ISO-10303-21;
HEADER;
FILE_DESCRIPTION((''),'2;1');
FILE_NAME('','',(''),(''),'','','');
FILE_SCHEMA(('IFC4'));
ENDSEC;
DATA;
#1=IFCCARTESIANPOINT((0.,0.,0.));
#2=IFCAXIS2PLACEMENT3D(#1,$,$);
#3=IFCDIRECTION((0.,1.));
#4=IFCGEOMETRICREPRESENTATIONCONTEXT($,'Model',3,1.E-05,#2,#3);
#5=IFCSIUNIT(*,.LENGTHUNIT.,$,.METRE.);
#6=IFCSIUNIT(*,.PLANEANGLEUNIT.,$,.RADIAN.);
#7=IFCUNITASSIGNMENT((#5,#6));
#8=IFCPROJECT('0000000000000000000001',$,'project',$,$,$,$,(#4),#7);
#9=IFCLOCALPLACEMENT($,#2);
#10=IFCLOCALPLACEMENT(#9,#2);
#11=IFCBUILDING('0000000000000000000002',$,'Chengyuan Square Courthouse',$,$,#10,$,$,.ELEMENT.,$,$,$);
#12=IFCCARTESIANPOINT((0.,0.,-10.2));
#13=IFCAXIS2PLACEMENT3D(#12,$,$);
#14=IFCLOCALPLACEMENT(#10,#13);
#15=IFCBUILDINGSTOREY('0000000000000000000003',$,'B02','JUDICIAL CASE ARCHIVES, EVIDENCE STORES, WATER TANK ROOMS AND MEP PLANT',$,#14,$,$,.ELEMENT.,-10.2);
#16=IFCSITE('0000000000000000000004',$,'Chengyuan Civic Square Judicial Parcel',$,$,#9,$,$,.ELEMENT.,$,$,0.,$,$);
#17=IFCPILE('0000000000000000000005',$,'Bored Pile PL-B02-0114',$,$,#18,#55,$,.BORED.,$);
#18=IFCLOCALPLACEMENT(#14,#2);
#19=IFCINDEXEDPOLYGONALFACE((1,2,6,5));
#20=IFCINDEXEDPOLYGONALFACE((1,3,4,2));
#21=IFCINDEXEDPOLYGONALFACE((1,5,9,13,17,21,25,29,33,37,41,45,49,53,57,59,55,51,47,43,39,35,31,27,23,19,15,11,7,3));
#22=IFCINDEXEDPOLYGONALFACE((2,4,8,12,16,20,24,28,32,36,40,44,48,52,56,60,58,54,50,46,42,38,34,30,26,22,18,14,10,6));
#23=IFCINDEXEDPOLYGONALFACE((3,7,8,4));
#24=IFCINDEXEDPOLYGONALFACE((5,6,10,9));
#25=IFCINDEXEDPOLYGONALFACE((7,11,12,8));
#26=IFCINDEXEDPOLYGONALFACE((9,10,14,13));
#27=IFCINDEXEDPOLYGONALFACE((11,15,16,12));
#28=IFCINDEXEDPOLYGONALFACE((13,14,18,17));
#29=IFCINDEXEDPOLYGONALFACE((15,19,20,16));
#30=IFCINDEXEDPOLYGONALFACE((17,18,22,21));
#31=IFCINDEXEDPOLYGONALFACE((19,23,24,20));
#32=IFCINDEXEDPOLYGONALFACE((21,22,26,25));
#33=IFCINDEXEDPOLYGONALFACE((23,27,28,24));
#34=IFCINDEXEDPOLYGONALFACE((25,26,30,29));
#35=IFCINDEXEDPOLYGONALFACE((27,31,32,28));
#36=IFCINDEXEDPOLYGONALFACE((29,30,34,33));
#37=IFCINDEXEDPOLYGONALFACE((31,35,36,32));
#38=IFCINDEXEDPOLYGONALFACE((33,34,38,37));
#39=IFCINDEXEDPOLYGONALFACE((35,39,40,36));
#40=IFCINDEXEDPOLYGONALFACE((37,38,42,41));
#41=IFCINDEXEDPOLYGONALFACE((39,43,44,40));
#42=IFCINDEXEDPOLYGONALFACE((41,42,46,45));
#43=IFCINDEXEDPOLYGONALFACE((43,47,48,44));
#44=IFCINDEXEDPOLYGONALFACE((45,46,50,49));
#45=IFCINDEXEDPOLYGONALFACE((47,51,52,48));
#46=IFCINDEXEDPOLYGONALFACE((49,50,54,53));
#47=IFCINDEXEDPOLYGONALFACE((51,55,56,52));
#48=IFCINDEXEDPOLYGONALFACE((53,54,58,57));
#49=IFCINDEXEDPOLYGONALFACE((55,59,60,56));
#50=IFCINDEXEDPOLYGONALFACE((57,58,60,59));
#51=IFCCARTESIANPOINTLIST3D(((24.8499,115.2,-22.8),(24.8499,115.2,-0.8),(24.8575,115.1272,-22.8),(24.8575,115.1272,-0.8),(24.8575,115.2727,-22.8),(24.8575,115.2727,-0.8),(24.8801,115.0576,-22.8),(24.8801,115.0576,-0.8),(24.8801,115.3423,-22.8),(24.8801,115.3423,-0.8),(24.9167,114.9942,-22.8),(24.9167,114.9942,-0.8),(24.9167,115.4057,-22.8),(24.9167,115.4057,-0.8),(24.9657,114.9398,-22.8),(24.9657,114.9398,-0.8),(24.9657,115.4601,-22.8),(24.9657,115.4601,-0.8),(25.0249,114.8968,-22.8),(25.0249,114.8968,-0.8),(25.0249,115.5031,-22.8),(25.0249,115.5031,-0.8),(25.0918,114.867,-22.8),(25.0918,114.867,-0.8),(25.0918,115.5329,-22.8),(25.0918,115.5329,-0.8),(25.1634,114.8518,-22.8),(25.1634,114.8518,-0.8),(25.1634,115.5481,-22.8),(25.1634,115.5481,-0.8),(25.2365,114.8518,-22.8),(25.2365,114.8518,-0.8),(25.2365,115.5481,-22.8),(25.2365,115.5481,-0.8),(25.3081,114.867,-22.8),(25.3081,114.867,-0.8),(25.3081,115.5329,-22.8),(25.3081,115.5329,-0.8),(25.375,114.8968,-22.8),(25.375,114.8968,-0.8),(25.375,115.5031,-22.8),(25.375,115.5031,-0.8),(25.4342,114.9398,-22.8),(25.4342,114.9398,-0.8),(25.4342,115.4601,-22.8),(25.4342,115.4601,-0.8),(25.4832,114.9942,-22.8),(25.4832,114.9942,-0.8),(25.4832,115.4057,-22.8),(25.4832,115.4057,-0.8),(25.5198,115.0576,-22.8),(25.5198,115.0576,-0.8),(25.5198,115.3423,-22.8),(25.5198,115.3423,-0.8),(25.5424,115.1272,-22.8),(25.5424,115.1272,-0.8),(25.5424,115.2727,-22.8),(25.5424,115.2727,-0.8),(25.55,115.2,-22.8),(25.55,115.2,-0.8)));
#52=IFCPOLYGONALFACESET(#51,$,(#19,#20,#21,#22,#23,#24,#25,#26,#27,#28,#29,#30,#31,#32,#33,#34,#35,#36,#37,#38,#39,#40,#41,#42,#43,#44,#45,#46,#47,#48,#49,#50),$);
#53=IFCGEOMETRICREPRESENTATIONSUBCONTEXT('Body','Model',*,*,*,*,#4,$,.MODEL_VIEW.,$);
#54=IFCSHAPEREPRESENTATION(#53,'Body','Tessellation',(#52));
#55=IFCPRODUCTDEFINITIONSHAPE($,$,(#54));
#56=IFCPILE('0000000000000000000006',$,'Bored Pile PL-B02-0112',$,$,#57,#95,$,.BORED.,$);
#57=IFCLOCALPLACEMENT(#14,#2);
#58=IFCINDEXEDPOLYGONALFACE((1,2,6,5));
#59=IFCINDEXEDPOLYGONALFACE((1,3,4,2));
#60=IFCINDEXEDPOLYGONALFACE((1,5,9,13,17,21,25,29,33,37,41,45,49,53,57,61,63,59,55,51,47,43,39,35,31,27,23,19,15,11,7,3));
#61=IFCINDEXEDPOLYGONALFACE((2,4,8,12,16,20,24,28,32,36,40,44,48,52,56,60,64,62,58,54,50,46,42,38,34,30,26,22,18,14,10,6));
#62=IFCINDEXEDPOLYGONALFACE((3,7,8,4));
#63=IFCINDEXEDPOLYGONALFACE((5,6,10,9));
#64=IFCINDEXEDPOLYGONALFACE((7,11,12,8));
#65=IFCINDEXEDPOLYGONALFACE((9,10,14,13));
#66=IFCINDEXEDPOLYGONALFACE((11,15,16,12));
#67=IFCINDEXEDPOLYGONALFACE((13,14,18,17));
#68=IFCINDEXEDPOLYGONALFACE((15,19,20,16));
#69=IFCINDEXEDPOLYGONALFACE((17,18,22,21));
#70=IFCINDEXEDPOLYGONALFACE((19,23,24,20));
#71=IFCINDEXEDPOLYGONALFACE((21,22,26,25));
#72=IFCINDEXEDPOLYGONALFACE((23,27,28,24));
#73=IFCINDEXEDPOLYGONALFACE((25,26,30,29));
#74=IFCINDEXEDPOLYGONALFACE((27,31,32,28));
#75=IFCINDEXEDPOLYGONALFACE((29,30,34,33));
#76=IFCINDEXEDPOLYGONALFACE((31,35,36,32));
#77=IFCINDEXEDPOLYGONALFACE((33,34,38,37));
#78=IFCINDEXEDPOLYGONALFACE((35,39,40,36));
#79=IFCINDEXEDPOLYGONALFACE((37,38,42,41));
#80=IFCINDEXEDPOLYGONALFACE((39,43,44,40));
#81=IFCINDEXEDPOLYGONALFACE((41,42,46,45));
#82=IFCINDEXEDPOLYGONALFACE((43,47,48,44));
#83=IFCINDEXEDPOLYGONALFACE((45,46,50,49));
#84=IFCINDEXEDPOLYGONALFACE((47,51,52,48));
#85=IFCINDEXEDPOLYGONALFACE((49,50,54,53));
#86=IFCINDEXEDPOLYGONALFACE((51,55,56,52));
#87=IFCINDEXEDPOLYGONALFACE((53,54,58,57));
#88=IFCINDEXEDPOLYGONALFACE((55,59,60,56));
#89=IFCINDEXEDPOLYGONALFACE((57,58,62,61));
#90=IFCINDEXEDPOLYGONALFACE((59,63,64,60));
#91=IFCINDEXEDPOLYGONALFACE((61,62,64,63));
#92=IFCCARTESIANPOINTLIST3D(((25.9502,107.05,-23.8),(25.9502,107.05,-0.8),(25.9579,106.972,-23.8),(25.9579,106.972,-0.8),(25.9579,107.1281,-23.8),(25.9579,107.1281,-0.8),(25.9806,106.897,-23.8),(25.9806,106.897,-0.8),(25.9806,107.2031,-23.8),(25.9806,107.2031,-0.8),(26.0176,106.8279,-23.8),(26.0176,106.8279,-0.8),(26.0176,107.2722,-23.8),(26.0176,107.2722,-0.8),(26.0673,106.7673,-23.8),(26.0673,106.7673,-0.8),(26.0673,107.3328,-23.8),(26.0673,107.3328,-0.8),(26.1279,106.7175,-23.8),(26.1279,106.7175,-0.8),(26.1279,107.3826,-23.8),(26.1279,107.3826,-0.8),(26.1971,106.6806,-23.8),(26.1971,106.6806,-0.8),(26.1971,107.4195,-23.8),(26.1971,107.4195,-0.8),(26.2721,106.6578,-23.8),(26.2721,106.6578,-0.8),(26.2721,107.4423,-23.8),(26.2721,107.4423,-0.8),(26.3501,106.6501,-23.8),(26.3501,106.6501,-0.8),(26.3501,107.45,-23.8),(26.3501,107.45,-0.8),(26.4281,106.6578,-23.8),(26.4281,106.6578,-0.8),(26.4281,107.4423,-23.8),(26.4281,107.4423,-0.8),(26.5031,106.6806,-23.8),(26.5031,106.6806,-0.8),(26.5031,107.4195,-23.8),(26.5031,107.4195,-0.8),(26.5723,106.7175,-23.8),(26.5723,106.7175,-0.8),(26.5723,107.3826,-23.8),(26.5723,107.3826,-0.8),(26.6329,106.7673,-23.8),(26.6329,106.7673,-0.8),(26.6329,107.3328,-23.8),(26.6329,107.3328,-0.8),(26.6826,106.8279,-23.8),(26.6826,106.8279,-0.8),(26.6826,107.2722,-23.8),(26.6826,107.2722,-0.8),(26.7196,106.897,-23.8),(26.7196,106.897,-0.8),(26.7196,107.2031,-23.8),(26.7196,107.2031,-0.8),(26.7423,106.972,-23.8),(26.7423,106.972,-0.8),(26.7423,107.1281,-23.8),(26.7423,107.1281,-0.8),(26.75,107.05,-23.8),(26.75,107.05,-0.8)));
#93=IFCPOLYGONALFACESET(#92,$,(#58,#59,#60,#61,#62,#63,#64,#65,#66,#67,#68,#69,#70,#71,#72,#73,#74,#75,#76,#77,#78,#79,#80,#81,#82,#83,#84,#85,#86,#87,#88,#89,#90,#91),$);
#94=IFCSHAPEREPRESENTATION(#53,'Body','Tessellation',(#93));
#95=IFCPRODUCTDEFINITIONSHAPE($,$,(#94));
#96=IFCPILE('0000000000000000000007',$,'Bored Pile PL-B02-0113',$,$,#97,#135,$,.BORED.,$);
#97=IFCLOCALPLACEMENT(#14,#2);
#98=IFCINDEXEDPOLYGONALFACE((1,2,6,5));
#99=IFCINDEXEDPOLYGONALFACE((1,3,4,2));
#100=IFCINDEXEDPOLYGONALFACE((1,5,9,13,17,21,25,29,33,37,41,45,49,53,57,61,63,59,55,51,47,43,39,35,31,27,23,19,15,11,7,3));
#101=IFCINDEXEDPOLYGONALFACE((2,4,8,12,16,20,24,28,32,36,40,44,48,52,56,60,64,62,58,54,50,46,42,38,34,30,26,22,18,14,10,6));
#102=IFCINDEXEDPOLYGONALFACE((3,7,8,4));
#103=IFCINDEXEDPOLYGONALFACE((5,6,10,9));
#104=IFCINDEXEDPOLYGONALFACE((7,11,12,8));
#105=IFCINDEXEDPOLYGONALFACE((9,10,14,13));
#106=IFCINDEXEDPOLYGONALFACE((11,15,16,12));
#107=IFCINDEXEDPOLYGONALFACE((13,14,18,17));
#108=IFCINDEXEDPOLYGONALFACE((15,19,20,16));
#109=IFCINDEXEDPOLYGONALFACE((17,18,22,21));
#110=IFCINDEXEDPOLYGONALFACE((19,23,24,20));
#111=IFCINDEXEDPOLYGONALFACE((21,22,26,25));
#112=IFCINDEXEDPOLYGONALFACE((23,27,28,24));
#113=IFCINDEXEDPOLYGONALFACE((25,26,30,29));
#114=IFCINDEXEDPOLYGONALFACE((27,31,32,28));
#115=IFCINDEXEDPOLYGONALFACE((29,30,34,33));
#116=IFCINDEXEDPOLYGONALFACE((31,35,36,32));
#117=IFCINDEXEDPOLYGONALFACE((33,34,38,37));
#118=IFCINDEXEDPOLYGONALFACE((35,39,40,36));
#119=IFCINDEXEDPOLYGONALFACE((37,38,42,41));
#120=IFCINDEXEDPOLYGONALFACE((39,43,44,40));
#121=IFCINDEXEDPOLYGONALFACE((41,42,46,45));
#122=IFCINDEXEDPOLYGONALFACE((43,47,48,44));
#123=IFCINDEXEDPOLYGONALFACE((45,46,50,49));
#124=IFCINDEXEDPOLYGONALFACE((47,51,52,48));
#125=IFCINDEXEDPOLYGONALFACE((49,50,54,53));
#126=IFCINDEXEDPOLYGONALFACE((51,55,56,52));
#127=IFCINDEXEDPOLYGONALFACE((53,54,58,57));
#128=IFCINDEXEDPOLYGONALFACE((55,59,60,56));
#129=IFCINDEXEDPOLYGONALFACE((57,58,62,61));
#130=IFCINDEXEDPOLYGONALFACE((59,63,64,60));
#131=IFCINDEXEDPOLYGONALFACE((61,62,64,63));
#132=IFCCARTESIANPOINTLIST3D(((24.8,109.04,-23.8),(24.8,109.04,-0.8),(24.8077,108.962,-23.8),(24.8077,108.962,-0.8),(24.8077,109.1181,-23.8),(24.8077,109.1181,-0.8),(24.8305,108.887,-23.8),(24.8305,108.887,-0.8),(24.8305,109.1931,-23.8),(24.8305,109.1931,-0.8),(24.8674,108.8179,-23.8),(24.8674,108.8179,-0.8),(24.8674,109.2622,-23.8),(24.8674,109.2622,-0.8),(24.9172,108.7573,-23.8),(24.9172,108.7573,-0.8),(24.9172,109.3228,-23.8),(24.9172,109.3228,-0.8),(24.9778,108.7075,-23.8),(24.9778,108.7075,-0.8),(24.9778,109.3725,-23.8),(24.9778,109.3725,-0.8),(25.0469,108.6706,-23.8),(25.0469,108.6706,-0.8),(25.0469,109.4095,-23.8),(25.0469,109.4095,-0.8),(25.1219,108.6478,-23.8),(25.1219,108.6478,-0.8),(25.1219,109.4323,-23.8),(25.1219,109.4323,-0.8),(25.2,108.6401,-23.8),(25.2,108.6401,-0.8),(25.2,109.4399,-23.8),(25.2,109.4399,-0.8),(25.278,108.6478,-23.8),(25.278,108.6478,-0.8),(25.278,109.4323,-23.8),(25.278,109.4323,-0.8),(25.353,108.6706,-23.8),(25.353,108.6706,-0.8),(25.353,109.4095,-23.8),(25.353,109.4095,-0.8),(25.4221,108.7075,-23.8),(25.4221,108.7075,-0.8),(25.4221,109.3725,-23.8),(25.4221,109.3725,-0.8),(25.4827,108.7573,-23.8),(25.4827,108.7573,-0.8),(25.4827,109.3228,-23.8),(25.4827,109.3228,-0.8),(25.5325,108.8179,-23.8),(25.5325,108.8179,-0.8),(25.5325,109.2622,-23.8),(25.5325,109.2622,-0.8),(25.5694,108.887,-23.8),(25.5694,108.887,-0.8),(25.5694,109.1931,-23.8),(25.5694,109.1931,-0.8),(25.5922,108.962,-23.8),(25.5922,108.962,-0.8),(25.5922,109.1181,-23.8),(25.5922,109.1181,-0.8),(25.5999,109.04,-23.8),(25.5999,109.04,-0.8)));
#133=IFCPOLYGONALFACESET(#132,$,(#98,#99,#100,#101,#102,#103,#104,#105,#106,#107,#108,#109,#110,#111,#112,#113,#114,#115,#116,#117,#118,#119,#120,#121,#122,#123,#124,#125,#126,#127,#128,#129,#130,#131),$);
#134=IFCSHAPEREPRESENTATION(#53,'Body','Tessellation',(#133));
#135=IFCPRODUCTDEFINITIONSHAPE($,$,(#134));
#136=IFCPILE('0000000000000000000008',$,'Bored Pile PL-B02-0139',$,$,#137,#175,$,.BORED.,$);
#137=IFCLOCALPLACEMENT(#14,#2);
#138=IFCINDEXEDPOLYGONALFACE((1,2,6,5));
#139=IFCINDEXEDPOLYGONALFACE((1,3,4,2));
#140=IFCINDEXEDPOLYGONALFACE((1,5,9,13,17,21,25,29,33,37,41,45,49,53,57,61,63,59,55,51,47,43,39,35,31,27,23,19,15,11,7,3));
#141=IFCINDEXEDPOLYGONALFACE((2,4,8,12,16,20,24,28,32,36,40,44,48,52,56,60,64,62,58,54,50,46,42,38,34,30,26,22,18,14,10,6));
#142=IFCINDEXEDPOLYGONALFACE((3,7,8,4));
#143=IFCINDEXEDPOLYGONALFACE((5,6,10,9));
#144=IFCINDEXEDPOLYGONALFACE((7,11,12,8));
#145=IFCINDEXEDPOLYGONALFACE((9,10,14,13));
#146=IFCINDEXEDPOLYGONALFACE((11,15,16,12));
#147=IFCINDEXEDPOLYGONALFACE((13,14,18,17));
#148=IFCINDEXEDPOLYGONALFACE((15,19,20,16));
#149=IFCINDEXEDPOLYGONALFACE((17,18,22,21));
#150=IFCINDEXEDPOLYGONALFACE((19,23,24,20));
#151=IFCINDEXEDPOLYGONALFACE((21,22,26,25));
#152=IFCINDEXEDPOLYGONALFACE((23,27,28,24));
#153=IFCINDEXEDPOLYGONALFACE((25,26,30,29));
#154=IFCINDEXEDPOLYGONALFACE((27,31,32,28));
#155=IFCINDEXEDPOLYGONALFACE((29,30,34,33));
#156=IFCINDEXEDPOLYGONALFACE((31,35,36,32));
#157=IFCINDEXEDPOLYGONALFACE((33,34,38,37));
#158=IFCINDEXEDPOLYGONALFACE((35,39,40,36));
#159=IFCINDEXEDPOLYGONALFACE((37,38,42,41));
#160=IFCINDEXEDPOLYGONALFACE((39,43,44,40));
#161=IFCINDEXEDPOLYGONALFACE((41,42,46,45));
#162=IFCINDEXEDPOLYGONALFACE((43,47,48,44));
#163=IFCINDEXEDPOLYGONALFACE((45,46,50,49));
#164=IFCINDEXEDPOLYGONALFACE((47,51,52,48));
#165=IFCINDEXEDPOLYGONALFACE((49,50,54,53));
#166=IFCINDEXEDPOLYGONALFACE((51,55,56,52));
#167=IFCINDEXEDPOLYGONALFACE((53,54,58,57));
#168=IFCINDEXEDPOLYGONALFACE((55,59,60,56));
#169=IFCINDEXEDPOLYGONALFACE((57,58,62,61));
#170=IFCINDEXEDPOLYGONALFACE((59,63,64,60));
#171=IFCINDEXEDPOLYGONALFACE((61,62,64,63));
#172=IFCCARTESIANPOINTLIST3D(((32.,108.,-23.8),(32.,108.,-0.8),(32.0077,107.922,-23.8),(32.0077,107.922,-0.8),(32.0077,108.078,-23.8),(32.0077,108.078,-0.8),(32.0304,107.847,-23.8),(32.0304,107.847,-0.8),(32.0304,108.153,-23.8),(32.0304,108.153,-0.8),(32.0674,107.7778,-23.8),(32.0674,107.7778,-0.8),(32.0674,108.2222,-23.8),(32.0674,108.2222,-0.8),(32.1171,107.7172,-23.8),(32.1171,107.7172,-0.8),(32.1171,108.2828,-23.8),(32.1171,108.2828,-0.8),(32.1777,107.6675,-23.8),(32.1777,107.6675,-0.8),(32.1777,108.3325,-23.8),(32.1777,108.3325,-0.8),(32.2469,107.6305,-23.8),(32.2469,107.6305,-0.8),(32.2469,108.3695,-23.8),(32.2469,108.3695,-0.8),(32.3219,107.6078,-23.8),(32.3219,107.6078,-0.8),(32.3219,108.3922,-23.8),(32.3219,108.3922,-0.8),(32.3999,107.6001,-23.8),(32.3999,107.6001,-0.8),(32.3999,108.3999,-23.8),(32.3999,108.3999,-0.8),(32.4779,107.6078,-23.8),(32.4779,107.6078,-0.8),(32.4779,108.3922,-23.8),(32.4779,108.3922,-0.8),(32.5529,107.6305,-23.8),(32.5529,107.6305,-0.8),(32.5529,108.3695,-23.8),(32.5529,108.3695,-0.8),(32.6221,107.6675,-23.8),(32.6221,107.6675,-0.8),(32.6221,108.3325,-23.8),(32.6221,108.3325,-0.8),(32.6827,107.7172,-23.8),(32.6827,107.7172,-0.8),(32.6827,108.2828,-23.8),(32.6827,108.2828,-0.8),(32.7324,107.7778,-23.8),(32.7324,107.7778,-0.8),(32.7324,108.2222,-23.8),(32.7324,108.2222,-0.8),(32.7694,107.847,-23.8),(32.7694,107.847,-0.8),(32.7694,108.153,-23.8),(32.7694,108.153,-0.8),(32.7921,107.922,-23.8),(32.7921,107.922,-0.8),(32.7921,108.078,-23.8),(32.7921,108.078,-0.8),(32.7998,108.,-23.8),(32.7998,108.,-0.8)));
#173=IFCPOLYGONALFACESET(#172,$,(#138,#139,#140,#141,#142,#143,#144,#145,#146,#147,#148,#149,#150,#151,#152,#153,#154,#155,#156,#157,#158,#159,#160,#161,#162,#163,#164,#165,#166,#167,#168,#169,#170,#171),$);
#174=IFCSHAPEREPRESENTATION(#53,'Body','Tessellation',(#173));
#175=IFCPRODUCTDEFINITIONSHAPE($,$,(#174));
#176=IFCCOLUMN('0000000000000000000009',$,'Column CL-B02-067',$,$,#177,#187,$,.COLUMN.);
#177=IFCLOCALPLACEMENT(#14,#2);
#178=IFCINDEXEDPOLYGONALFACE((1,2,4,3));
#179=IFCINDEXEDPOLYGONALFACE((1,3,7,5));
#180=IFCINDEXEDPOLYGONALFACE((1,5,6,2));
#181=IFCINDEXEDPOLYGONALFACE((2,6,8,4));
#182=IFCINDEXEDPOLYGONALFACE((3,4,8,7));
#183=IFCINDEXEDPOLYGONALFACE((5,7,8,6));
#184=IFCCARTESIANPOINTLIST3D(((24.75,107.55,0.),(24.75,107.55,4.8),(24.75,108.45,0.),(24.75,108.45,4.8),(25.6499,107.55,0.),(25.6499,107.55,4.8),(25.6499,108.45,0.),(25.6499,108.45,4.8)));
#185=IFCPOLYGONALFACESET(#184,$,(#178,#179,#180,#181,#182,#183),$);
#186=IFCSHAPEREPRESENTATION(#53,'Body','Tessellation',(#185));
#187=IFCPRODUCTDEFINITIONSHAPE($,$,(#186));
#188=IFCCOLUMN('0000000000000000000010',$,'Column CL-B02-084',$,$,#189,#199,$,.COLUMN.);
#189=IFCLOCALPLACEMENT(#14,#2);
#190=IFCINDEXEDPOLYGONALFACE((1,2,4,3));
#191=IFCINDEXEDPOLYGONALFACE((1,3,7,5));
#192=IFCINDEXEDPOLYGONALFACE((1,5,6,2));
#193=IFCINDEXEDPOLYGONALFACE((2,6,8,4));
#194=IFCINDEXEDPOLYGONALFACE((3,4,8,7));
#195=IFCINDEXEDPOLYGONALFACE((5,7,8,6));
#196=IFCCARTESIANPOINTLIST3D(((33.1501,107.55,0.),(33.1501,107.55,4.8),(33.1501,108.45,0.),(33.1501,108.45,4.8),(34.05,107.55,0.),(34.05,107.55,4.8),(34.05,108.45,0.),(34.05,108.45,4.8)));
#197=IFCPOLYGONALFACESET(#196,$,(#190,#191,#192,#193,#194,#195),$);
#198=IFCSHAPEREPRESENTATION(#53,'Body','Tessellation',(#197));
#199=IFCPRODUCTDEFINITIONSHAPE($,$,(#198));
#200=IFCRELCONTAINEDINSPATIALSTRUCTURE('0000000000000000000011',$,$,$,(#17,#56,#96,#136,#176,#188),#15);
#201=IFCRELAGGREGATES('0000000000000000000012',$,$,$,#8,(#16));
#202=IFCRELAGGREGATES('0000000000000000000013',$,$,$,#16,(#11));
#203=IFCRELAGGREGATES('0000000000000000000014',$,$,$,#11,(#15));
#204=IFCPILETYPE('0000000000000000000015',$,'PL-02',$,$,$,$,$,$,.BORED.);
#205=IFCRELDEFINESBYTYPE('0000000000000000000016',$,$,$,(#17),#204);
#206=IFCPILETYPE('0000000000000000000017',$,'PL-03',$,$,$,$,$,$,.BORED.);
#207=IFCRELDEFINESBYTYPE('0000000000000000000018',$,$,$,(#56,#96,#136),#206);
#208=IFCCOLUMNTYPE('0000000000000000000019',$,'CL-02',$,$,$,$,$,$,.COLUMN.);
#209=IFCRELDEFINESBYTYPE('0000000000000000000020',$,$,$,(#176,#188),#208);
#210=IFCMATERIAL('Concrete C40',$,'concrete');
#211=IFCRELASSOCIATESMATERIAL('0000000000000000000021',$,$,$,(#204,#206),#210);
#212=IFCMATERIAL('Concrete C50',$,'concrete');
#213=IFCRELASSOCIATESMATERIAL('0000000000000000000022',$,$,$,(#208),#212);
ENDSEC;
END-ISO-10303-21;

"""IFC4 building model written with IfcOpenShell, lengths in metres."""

from ifc_helpers import new_model, si_unit, direction, frame, origin, origin_2d, place, context, subcontext, project, spatial, rectangle, circle, extrude, material, material_profile, profile_set, type_object, element, save


model = new_model("IFC4")

# Units and contexts
model_context = context("Model", 3, precision=1e-05, world=origin(), true_north=direction((0.0, 1.0)))
body_context = subcontext(model_context, "Body", "Model", "MODEL_VIEW")
ifc_project = project(units=[si_unit("LENGTHUNIT", "METRE"), si_unit("PLANEANGLEUNIT", "RADIAN")], contexts=[model_context])

# Site, building, storey
site_placement = place(None, origin())
site = spatial("IfcSite", under=ifc_project, at=site_placement, Name="Chengyuan Civic Square Judicial Parcel", CompositionType="ELEMENT", RefElevation=0.0)
building_placement = place(site_placement, origin())
building = spatial("IfcBuilding", under=site, at=building_placement, Name="Chengyuan Square Courthouse", CompositionType="ELEMENT")
storey_placement = place(building_placement, frame((0.0, 0.0, -10.2)))
storey = spatial("IfcBuildingStorey", under=building, at=storey_placement, Name="B02", Description="JUDICIAL CASE ARCHIVES, EVIDENCE STORES, WATER TANK ROOMS AND MEP PLANT", CompositionType="ELEMENT", Elevation=-10.2)

# Shared definitions
ifc_material_1 = material(Name="Concrete C40", Category="concrete")

# Piles
ifc_material_profile_1 = material_profile(ifc_material_1, circle(Radius=0.3501, at=origin_2d()), Name="BORED PILE D700")
ifc_profile_set_1 = profile_set([ifc_material_profile_1], Name="Concrete C40")
pile_type_1 = type_object("IfcPileType", Name="PL-02", PredefinedType="BORED", material=ifc_profile_set_1)
pile_1_placement = place(storey_placement, frame((25.2, 115.2, -0.8), z_axis=(0.0, 0.0, -1.0), x_axis=(1.0, 0.0, 0.0)))
element("IfcPile", 1, at=pile_1_placement, inside=storey, type_object=pile_type_1, Name="Bored Pile PL-B02-0114", PredefinedType="BORED", context=body_context, shape_type="SweptSolid", body=[
    extrude(circle(Radius=0.3501, at=origin_2d()), origin(), (0.0, 0.0, 1.0), 22.0),
])
ifc_material_profile_2 = material_profile(ifc_material_1, circle(Radius=0.3999, at=origin_2d()), Name="BORED PILE D800")
ifc_profile_set_2 = profile_set([ifc_material_profile_2], Name="Concrete C40")
pile_type_2 = type_object("IfcPileType", Name="PL-03", PredefinedType="BORED", material=ifc_profile_set_2)
for number, where, z_axis, x_axis, name in (
    (2, (26.3501, 107.05, -0.8), (0.0, 0.0, -1.0), (1.0, 0.0, 0.0), "Bored Pile PL-B02-0112"),
    (3, (25.2, 109.04, -0.8), (0.0, 0.0, -1.0), (1.0, 0.0, 0.0), "Bored Pile PL-B02-0113"),
    (4, (32.3999, 108.0, -0.8), (0.0, 0.0, -1.0), (1.0, 0.0, 0.0), "Bored Pile PL-B02-0139"),
):
    element("IfcPile", number, at=place(storey_placement, frame(where, z_axis=z_axis, x_axis=x_axis)), inside=storey, type_object=pile_type_2, Name=name, PredefinedType="BORED", context=body_context, shape_type="SweptSolid", body=[
        extrude(circle(Radius=0.3999, at=origin_2d()), origin(), (0.0, 0.0, 1.0), 23.0),
    ])

# Columns
ifc_material_2 = material(Name="Concrete C50", Category="concrete")
ifc_material_profile_3 = material_profile(ifc_material_2, rectangle(XDim=0.8999, YDim=0.8999, at=origin_2d()), Name="RC-COL-900x900")
ifc_profile_set_3 = profile_set([ifc_material_profile_3], Name="Concrete C50")
column_type_1 = type_object("IfcColumnType", Name="CL-02", PredefinedType="COLUMN", material=ifc_profile_set_3)
for number, where, z_axis, x_axis, name in (
    (5, (25.2, 108.0, 0.0), (0.0, 0.0, 1.0), (1.0, 0.0, 0.0), "Column CL-B02-067"),
    (6, (33.6001, 108.0, 0.0), (0.0, 0.0, 1.0), (1.0, 0.0, 0.0), "Column CL-B02-084"),
):
    element("IfcColumn", number, at=place(storey_placement, frame(where, z_axis=z_axis, x_axis=x_axis)), inside=storey, type_object=column_type_1, Name=name, PredefinedType="COLUMN", context=body_context, shape_type="SweptSolid", body=[
        extrude(rectangle(XDim=0.8999, YDim=0.8999, at=origin_2d()), origin(), (0.0, 0.0, 1.0), 4.8),
    ])

save(model, "model.ifc")
